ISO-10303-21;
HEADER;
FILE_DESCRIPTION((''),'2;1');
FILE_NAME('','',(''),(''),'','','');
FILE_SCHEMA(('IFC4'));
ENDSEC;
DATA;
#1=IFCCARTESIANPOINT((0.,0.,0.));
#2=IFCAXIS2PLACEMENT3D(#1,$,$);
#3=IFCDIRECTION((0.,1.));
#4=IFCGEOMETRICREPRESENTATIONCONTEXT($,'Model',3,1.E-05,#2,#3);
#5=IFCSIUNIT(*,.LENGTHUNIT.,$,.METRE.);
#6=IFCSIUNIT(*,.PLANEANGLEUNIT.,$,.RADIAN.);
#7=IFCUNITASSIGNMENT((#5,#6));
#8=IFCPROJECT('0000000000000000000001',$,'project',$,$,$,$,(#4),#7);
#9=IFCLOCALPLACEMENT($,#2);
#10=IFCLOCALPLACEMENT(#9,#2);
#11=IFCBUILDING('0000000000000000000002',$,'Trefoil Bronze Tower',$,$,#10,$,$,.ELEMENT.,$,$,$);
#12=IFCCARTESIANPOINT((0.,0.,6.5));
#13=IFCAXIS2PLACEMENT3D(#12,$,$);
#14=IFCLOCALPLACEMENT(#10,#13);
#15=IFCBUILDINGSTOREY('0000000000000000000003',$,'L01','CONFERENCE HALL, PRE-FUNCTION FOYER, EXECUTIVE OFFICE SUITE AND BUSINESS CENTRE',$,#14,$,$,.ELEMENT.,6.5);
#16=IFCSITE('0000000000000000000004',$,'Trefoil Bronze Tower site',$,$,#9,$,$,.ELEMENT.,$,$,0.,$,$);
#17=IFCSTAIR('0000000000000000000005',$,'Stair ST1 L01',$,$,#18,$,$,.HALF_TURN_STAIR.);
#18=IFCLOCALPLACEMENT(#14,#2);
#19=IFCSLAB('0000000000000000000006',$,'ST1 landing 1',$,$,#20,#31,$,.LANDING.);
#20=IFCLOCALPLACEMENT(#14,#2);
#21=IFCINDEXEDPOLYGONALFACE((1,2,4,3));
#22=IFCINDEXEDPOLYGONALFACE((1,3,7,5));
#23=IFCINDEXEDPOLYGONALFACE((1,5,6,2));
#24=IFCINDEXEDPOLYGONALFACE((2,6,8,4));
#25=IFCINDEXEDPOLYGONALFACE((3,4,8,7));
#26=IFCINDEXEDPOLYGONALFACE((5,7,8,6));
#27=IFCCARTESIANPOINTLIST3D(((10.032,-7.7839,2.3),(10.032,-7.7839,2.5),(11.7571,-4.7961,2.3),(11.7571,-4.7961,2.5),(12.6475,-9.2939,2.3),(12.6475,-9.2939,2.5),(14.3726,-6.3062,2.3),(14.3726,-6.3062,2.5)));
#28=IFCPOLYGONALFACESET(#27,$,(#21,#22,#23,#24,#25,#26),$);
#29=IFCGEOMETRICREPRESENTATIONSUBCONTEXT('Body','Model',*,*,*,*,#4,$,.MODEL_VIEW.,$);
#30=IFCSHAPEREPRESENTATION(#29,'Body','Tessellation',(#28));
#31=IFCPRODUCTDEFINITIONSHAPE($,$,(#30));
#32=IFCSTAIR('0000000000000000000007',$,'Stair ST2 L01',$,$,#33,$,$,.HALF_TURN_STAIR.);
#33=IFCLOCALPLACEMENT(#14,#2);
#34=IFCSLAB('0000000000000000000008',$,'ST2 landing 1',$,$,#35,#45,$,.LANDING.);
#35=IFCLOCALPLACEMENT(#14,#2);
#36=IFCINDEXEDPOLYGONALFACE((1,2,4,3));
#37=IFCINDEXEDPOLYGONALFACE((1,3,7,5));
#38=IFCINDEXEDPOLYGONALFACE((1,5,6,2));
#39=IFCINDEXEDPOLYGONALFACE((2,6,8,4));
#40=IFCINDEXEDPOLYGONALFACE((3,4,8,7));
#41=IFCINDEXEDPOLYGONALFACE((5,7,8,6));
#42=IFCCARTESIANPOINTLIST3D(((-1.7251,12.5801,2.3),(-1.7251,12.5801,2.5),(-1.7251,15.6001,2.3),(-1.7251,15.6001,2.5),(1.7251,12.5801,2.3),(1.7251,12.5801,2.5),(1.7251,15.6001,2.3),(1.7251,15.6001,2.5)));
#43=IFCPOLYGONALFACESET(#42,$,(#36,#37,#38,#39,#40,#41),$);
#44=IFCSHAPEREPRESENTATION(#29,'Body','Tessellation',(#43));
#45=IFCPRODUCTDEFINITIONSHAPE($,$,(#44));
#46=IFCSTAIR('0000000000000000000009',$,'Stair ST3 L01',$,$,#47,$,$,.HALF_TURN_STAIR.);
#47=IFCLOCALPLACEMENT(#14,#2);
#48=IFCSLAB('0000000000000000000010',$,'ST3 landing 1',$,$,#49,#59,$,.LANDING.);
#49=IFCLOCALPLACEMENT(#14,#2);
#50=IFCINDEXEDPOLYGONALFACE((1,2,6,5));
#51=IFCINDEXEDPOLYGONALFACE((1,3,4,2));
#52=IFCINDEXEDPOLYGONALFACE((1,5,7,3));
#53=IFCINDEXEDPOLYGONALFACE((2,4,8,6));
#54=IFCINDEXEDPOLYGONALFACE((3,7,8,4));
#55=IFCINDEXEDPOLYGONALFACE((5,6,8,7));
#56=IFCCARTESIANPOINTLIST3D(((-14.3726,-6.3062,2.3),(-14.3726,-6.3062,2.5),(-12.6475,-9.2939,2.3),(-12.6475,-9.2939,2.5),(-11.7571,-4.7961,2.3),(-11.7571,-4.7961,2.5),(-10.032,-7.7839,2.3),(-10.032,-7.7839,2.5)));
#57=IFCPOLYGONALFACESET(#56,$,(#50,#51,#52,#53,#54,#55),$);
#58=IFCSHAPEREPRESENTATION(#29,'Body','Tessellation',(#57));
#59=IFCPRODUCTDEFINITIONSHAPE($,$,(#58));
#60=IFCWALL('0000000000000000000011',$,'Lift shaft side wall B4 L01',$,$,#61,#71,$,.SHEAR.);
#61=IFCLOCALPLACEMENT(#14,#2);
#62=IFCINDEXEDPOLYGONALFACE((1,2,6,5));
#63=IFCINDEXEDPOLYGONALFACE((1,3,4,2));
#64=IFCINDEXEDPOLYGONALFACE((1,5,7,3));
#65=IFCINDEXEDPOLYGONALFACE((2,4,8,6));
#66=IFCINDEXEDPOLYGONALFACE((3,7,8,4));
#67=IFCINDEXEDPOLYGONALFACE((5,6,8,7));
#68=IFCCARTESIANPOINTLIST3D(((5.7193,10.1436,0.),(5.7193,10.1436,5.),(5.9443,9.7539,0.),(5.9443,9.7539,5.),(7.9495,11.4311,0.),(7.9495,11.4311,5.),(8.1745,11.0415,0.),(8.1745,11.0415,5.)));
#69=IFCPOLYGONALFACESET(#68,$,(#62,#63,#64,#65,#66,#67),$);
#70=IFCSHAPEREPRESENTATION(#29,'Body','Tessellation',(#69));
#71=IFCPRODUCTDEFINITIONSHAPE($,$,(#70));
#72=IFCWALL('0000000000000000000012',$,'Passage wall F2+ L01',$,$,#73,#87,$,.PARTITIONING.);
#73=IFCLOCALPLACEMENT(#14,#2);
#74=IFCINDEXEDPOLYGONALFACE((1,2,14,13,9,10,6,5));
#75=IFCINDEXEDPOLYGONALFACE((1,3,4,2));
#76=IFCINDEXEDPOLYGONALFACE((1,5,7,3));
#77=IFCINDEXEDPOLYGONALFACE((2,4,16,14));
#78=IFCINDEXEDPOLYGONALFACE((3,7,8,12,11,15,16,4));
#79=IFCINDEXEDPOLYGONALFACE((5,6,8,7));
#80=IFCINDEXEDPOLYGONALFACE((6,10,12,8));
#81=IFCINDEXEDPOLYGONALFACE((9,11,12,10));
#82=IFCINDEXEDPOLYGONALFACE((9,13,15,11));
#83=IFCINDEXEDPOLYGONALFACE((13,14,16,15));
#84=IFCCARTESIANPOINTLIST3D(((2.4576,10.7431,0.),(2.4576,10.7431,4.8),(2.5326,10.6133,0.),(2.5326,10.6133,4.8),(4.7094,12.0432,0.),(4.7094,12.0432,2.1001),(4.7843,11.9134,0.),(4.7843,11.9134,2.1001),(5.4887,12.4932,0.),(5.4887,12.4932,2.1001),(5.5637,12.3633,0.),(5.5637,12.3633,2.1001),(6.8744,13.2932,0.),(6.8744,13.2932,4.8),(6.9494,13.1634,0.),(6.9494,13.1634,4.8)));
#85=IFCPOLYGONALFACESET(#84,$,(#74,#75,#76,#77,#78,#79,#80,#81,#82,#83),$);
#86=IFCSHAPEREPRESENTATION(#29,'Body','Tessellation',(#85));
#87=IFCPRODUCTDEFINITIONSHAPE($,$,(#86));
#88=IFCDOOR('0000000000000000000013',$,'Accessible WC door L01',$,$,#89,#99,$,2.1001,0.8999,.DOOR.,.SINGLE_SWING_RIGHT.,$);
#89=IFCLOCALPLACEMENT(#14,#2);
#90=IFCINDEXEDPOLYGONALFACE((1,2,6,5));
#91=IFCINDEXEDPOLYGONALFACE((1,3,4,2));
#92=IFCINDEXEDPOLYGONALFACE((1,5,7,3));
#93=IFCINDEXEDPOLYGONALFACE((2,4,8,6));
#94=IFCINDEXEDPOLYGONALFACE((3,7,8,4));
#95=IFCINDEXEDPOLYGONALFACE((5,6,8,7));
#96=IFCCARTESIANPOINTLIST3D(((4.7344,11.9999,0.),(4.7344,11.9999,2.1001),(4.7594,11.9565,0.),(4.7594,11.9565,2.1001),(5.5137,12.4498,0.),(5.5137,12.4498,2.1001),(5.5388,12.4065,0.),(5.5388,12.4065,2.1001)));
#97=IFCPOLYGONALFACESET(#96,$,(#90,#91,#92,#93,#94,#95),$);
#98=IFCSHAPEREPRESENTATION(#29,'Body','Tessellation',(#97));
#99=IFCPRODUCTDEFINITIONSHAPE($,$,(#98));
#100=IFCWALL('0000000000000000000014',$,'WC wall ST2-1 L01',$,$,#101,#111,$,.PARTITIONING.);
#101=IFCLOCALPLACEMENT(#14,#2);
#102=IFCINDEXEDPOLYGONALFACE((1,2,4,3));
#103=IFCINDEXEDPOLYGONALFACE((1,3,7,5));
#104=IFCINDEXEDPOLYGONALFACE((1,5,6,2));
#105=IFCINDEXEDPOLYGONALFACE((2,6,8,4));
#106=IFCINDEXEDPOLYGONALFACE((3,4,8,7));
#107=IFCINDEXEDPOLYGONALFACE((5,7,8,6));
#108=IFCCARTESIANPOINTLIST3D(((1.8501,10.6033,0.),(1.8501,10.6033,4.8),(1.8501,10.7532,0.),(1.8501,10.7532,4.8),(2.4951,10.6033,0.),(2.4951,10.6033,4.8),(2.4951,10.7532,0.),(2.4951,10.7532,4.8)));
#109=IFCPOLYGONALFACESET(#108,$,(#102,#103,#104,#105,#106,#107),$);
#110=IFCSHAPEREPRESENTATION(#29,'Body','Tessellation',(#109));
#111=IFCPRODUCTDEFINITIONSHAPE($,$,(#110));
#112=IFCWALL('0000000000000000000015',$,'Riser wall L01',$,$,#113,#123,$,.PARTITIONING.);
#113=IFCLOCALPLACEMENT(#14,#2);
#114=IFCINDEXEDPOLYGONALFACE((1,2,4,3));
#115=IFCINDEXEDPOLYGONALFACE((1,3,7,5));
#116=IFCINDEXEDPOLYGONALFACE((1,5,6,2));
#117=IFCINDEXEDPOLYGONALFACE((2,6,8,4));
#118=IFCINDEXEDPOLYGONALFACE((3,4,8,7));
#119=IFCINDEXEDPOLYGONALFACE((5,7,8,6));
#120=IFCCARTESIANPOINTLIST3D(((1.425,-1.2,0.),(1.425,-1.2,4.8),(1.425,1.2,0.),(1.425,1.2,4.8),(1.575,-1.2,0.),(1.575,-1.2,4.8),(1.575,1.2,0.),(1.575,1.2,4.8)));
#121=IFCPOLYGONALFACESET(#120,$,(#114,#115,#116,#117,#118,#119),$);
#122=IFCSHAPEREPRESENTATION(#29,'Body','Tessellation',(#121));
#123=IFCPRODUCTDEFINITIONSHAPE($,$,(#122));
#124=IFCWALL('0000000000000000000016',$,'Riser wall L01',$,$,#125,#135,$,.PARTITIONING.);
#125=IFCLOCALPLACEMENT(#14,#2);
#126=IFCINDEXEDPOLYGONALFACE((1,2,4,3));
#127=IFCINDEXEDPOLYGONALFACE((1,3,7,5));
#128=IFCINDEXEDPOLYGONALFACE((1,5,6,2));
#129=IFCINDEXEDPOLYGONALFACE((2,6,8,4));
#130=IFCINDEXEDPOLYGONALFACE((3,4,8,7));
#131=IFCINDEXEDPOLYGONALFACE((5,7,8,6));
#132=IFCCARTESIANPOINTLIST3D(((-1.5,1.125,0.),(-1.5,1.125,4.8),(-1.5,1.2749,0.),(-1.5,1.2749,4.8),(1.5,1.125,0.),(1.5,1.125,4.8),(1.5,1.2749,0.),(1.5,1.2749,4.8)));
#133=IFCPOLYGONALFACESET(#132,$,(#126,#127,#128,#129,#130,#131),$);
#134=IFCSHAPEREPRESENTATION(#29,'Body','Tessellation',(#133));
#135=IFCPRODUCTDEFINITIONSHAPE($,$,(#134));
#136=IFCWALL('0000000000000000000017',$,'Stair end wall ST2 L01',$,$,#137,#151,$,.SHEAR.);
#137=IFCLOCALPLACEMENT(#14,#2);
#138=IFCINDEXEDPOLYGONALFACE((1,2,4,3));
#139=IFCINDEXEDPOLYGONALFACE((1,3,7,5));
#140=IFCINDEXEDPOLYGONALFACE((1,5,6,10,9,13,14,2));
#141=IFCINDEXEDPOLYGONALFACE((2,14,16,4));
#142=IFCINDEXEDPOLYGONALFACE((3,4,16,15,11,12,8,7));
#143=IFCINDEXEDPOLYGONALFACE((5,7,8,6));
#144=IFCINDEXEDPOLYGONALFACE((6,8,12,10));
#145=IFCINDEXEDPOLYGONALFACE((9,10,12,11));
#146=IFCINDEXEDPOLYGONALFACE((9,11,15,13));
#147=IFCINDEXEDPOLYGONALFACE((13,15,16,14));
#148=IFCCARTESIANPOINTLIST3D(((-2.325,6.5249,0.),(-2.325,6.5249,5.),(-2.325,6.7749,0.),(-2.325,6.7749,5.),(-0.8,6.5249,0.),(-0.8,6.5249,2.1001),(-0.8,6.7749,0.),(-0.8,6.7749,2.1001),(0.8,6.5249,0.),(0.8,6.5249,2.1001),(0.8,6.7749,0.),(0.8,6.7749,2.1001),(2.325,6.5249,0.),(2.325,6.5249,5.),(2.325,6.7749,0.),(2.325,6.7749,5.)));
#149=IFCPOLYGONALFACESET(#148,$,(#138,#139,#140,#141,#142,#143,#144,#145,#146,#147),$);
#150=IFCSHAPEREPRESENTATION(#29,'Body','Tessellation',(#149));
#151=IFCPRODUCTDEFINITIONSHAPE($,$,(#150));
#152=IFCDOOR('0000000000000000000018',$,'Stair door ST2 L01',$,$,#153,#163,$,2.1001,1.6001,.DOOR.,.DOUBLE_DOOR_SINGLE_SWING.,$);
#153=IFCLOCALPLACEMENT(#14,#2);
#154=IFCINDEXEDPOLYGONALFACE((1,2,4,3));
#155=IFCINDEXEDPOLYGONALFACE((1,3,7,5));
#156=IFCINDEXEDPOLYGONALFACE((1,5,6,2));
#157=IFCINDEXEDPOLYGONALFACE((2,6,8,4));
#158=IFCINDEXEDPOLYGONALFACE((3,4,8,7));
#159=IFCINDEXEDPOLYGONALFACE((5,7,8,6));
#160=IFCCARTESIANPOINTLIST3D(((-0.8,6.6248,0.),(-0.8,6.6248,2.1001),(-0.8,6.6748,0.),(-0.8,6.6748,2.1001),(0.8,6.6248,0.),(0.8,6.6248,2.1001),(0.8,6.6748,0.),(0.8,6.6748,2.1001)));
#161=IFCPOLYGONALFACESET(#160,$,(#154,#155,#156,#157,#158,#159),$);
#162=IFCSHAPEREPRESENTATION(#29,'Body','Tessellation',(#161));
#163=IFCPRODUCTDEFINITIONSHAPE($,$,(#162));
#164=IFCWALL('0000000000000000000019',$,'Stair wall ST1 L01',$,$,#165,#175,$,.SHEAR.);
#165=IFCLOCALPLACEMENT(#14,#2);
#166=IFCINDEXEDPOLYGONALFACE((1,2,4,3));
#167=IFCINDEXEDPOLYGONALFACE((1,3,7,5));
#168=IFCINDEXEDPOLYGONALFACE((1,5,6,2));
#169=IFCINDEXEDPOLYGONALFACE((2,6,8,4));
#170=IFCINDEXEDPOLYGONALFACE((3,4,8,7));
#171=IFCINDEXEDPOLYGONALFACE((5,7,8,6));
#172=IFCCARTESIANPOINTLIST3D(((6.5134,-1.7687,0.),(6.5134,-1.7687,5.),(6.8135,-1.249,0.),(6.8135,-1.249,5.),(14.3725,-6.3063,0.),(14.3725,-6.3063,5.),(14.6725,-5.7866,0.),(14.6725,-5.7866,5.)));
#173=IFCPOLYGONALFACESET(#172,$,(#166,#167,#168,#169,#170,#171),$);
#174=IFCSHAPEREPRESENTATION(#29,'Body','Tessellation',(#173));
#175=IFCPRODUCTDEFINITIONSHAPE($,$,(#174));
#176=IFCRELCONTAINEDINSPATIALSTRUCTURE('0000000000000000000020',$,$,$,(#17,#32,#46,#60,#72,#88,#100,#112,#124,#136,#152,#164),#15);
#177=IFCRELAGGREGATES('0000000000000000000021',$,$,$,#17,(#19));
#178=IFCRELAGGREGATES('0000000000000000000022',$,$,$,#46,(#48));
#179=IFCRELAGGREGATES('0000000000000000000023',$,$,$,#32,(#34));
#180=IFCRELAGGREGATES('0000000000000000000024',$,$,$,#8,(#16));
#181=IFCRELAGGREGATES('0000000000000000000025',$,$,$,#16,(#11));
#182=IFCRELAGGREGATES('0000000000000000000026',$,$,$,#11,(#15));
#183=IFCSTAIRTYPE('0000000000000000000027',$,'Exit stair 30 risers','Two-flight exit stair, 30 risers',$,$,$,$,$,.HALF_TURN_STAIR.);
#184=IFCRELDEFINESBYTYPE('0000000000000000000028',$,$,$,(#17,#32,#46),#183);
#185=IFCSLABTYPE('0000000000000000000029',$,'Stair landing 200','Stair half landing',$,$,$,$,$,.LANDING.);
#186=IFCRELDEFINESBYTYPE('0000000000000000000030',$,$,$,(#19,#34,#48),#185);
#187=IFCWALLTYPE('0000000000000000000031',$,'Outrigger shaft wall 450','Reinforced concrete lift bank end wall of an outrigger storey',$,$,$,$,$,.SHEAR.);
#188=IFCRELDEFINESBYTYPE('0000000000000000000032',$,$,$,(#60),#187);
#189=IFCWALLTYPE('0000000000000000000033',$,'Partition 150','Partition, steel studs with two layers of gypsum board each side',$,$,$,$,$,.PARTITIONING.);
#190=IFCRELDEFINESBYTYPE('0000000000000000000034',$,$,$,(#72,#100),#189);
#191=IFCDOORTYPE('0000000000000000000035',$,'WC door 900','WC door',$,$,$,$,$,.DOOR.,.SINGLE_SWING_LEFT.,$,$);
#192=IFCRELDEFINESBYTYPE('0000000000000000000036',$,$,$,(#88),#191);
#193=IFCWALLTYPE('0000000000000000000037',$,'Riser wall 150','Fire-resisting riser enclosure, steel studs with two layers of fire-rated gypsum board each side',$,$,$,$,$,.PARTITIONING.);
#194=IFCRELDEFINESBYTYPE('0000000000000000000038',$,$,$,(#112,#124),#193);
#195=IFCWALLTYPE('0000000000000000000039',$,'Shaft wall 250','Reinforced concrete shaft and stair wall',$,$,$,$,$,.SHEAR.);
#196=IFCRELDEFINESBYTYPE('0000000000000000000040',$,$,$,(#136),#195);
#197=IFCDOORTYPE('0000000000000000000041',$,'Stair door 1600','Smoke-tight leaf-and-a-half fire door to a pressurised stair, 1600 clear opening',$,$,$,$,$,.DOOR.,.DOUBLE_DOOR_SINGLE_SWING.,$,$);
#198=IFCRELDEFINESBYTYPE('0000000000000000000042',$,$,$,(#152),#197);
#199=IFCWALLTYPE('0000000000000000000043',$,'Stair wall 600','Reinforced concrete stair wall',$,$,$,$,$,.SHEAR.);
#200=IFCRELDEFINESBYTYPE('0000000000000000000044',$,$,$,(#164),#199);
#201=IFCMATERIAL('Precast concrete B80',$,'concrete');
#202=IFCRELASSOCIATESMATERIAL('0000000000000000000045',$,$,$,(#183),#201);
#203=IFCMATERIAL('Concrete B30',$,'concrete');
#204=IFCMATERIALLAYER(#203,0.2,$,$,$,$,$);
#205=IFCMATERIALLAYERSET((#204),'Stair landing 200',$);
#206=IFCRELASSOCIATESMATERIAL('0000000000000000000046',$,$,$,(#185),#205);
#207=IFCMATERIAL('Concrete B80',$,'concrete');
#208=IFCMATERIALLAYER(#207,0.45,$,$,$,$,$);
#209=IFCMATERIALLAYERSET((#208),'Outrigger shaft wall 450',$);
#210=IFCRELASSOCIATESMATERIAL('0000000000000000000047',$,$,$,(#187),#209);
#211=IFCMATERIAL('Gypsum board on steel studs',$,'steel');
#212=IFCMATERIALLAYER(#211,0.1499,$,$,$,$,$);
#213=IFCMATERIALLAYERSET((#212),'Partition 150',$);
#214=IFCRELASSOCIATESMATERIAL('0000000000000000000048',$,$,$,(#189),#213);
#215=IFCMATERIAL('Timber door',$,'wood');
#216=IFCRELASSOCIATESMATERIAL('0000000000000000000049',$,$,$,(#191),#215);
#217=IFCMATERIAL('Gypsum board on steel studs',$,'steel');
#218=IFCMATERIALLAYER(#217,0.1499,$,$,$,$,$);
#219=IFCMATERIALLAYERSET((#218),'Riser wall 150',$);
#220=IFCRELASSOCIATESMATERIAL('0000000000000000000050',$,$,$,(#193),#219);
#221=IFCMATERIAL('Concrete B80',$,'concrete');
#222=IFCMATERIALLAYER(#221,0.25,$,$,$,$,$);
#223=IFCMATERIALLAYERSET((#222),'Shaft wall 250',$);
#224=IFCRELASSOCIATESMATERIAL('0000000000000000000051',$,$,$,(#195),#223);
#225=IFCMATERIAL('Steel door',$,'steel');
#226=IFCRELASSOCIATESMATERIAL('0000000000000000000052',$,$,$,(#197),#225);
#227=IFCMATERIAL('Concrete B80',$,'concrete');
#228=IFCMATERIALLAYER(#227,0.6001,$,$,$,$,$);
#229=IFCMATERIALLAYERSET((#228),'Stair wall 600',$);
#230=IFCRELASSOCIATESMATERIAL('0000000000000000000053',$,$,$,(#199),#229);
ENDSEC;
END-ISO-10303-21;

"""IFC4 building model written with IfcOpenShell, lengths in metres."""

from ifc_helpers import new_model, si_unit, direction, frame, frame_2d, origin, place, context, subcontext, project, spatial, polyline, rectangle, outline, extrude, material, layer, layer_set, type_object, element, fill, aggregate, save


model = new_model("IFC4")

# Units and contexts
model_context = context("Model", 3, precision=1e-05, world=origin(), true_north=direction((0.0, 1.0)))
body_context = subcontext(model_context, "Body", "Model", "MODEL_VIEW")
ifc_project = project(units=[si_unit("LENGTHUNIT", "METRE"), si_unit("PLANEANGLEUNIT", "RADIAN")], contexts=[model_context])

# Site, building, storey
site_placement = place(None, origin())
site = spatial("IfcSite", under=ifc_project, at=site_placement, Name="Trefoil Bronze Tower site", CompositionType="ELEMENT", RefElevation=0.0)
building_placement = place(site_placement, origin())
building = spatial("IfcBuilding", under=site, at=building_placement, Name="Trefoil Bronze Tower", CompositionType="ELEMENT")
storey_placement = place(building_placement, frame((0.0, 0.0, 6.5)))
storey = spatial("IfcBuildingStorey", under=building, at=storey_placement, Name="L01", Description="CONFERENCE HALL, PRE-FUNCTION FOYER, EXECUTIVE OFFICE SUITE AND BUSINESS CENTRE", CompositionType="ELEMENT", Elevation=6.5)

# Stairs, slabs
ifc_material_1 = material(Name="Precast concrete B80", Category="concrete")
stair_type = type_object("IfcStairType", Name="Exit stair 30 risers", Description="Two-flight exit stair, 30 risers", PredefinedType="HALF_TURN_STAIR", material=ifc_material_1)
stair_1_placement = place(storey_placement, origin())
stair_1 = element("IfcStair", 1, at=stair_1_placement, inside=storey, type_object=stair_type, Name="Stair ST1 L01", PredefinedType="HALF_TURN_STAIR")
ifc_material_2 = material(Name="Concrete B30", Category="concrete")
ifc_layer_1 = layer(ifc_material_2, 0.2)
ifc_layer_set_1 = layer_set([ifc_layer_1], Name="Stair landing 200")
slab_type = type_object("IfcSlabType", Name="Stair landing 200", Description="Stair half landing", PredefinedType="LANDING", material=ifc_layer_set_1)
slab_1_placement = place(storey_placement, frame((0.0, 0.0, 2.3)))
slab_1 = element("IfcSlab", 2, at=slab_1_placement, type_object=slab_type, Name="ST1 landing 1", PredefinedType="LANDING", context=body_context, shape_type="SweptSolid", body=[
    extrude(outline(polyline([(10.032, -7.7839), (12.6475, -9.2939), (14.3726, -6.3062), (11.7571, -4.7961), (10.032, -7.7839)])), origin(), (0.0, 0.0, 1.0), 0.2),
])
aggregate(stair_1, [slab_1])
stair_2_placement = place(storey_placement, origin())
stair_2 = element("IfcStair", 3, at=stair_2_placement, inside=storey, type_object=stair_type, Name="Stair ST2 L01", PredefinedType="HALF_TURN_STAIR")
slab_2_placement = place(storey_placement, frame((0.0, 0.0, 2.3)))
slab_2 = element("IfcSlab", 4, at=slab_2_placement, type_object=slab_type, Name="ST2 landing 1", PredefinedType="LANDING", context=body_context, shape_type="SweptSolid", body=[
    extrude(outline(polyline([(1.7251, 12.5801), (1.7251, 15.6001), (-1.7251, 15.6001), (-1.7251, 12.5801), (1.7251, 12.5801)])), origin(), (0.0, 0.0, 1.0), 0.2),
])
stair_3_placement = place(storey_placement, origin())
stair_3 = element("IfcStair", 5, at=stair_3_placement, inside=storey, type_object=stair_type, Name="Stair ST3 L01", PredefinedType="HALF_TURN_STAIR")
slab_3_placement = place(storey_placement, frame((0.0, 0.0, 2.3)))
slab_3 = element("IfcSlab", 6, at=slab_3_placement, type_object=slab_type, Name="ST3 landing 1", PredefinedType="LANDING", context=body_context, shape_type="SweptSolid", body=[
    extrude(outline(polyline([(-11.7571, -4.7961), (-14.3726, -6.3062), (-12.6475, -9.2939), (-10.032, -7.7839), (-11.7571, -4.7961)])), origin(), (0.0, 0.0, 1.0), 0.2),
])
aggregate(stair_3, [slab_3])

# Wall
ifc_material_3 = material(Name="Concrete B80", Category="concrete")
ifc_layer_2 = layer(ifc_material_3, 0.45)
ifc_layer_set_2 = layer_set([ifc_layer_2], Name="Outrigger shaft wall 450")
wall_type_1 = type_object("IfcWallType", Name="Outrigger shaft wall 450", Description="Reinforced concrete lift bank end wall of an outrigger storey", PredefinedType="SHEAR", material=ifc_layer_set_2)
wall_1_placement = place(storey_placement, frame((5.8318, 9.9487, 0.0), z_axis=(0.0, 0.0, 1.0), x_axis=(0.866029, 0.499993, 0.0)))
element("IfcWall", 7, at=wall_1_placement, inside=storey, type_object=wall_type_1, Name="Lift shaft side wall B4 L01", PredefinedType="SHEAR", context=body_context, shape_type="SweptSolid", body=[
    extrude(rectangle(XDim=2.5752, YDim=0.45, at=frame_2d((1.2876, 0.0))), origin(), (0.0, 0.0, 1.0), 5.0),
])

# Wall, opening, door
ifc_material_4 = material(Name="Gypsum board on steel studs", Category="steel")
ifc_layer_3 = layer(ifc_material_4, 0.1499)
ifc_layer_set_3 = layer_set([ifc_layer_3], Name="Partition 150")
wall_type_2 = type_object("IfcWallType", Name="Partition 150", Description="Partition, steel studs with two layers of gypsum board each side", PredefinedType="PARTITIONING", material=ifc_layer_set_3)
wall_2_placement = place(storey_placement, frame((2.4951, 10.6782, 0.0), z_axis=(0.0, 0.0, 1.0), x_axis=(0.866022, 0.500006, 0.0)))
wall_2 = element("IfcWall", 8, at=wall_2_placement, inside=storey, type_object=wall_type_2, Name="Passage wall F2+ L01", PredefinedType="PARTITIONING", context=body_context, shape_type="SweptSolid", body=[
    extrude(rectangle(XDim=5.1001, YDim=0.1499, at=frame_2d((2.55, 0.0))), origin(), (0.0, 0.0, 1.0), 4.8),
])
opening_1_placement = place(wall_2_placement, frame((2.6001, 0.0, 0.0)))
opening_1 = element("IfcOpeningElement", 9, at=opening_1_placement, cuts=wall_2, PredefinedType="OPENING", context=body_context, shape_type="SweptSolid", body=[
    extrude(rectangle(XDim=0.8999, YDim=2.1001, at=frame_2d((0.45, 1.05))), frame((0.0, 0.085, 0.0), z_axis=(0.0, -1.0, 0.0), x_axis=(1.0, 0.0, 0.0)), (0.0, 0.0, 1.0), 0.1699),
])
ifc_material_5 = material(Name="Timber door", Category="wood")
door_type_1 = type_object("IfcDoorType", Name="WC door 900", Description="WC door", OperationType="SINGLE_SWING_LEFT", PredefinedType="DOOR", material=ifc_material_5)
door_1_placement = place(opening_1_placement, origin())
door_1 = element("IfcDoor", 10, at=door_1_placement, inside=storey, type_object=door_type_1, Name="Accessible WC door L01", OperationType="SINGLE_SWING_RIGHT", OverallHeight=2.1001, OverallWidth=0.8999, PredefinedType="DOOR", context=body_context, shape_type="SweptSolid", body=[
    extrude(rectangle(XDim=0.8999, YDim=2.1001, at=frame_2d((0.45, 1.05))), frame((0.0, 0.0249, 0.0), z_axis=(0.0, -1.0, 0.0), x_axis=(1.0, 0.0, 0.0)), (0.0, 0.0, 1.0), 0.05),
])
fill(opening_1, door_1)

# Walls
wall_3_placement = place(storey_placement, frame((2.4951, 10.6782, 0.0), z_axis=(0.0, 0.0, 1.0), x_axis=(-1.0, 0.0, 0.0)))
element("IfcWall", 11, at=wall_3_placement, inside=storey, type_object=wall_type_2, Name="WC wall ST2-1 L01", PredefinedType="PARTITIONING", context=body_context, shape_type="SweptSolid", body=[
    extrude(rectangle(XDim=0.645, YDim=0.1499, at=frame_2d((0.3225, 0.0))), origin(), (0.0, 0.0, 1.0), 4.8),
])
ifc_material_6 = material(Name="Gypsum board on steel studs", Category="steel")
ifc_layer_4 = layer(ifc_material_6, 0.1499)
ifc_layer_set_4 = layer_set([ifc_layer_4], Name="Riser wall 150")
wall_type_3 = type_object("IfcWallType", Name="Riser wall 150", Description="Fire-resisting riser enclosure, steel studs with two layers of fire-rated gypsum board each side", PredefinedType="PARTITIONING", material=ifc_layer_set_4)
wall_4_placement = place(storey_placement, frame((1.5, -1.2, 0.0), z_axis=(0.0, 0.0, 1.0), x_axis=(0.0, 1.0, 0.0)))
element("IfcWall", 12, at=wall_4_placement, inside=storey, type_object=wall_type_3, Name="Riser wall L01", PredefinedType="PARTITIONING", context=body_context, shape_type="SweptSolid", body=[
    extrude(rectangle(XDim=2.3999, YDim=0.1499, at=frame_2d((1.2, 0.0))), origin(), (0.0, 0.0, 1.0), 4.8),
])
wall_5_placement = place(storey_placement, frame((1.5, 1.2, 0.0), z_axis=(0.0, 0.0, 1.0), x_axis=(-1.0, 0.0, 0.0)))
element("IfcWall", 13, at=wall_5_placement, inside=storey, type_object=wall_type_3, Name="Riser wall L01", PredefinedType="PARTITIONING", context=body_context, shape_type="SweptSolid", body=[
    extrude(rectangle(XDim=3.0, YDim=0.1499, at=frame_2d((1.5, 0.0))), origin(), (0.0, 0.0, 1.0), 4.8),
])

# Wall, opening, door
ifc_material_7 = material(Name="Concrete B80", Category="concrete")
ifc_layer_5 = layer(ifc_material_7, 0.25)
ifc_layer_set_5 = layer_set([ifc_layer_5], Name="Shaft wall 250")
wall_type_4 = type_object("IfcWallType", Name="Shaft wall 250", Description="Reinforced concrete shaft and stair wall", PredefinedType="SHEAR", material=ifc_layer_set_5)
wall_6_placement = place(storey_placement, frame((2.325, 6.6499, 0.0), z_axis=(0.0, 0.0, 1.0), x_axis=(-1.0, 0.0, 0.0)))
wall_6 = element("IfcWall", 14, at=wall_6_placement, inside=storey, type_object=wall_type_4, Name="Stair end wall ST2 L01", PredefinedType="SHEAR", context=body_context, shape_type="SweptSolid", body=[
    extrude(rectangle(XDim=4.6499, YDim=0.25, at=frame_2d((2.325, 0.0))), origin(), (0.0, 0.0, 1.0), 5.0),
])
opening_2_placement = place(wall_6_placement, frame((1.5249, 0.0, 0.0)))
opening_2 = element("IfcOpeningElement", 15, at=opening_2_placement, cuts=wall_6, PredefinedType="OPENING", context=body_context, shape_type="SweptSolid", body=[
    extrude(rectangle(XDim=1.6001, YDim=2.1001, at=frame_2d((0.8, 1.05))), frame((0.0, 0.135, 0.0), z_axis=(0.0, -1.0, 0.0), x_axis=(1.0, 0.0, 0.0)), (0.0, 0.0, 1.0), 0.27),
])
ifc_material_8 = material(Name="Steel door", Category="steel")
door_type_2 = type_object("IfcDoorType", Name="Stair door 1600", Description="Smoke-tight leaf-and-a-half fire door to a pressurised stair, 1600 clear opening", OperationType="DOUBLE_DOOR_SINGLE_SWING", PredefinedType="DOOR", material=ifc_material_8)
door_2_placement = place(opening_2_placement, frame((1.6001, 0.0, 0.0), z_axis=(0.0, 0.0, 1.0), x_axis=(-1.0, 0.0, 0.0)))
door_2 = element("IfcDoor", 16, at=door_2_placement, inside=storey, type_object=door_type_2, Name="Stair door ST2 L01", OperationType="DOUBLE_DOOR_SINGLE_SWING", OverallHeight=2.1001, OverallWidth=1.6001, PredefinedType="DOOR", context=body_context, shape_type="SweptSolid", body=[
    extrude(rectangle(XDim=1.6001, YDim=2.1001, at=frame_2d((0.8, 1.05))), frame((0.0, 0.0249, 0.0), z_axis=(0.0, -1.0, 0.0), x_axis=(1.0, 0.0, 0.0)), (0.0, 0.0, 1.0), 0.05),
])
fill(opening_2, door_2)

# Wall
ifc_material_9 = material(Name="Concrete B80", Category="concrete")
ifc_layer_6 = layer(ifc_material_9, 0.6001)
ifc_layer_set_6 = layer_set([ifc_layer_6], Name="Stair wall 600")
wall_type_5 = type_object("IfcWallType", Name="Stair wall 600", Description="Reinforced concrete stair wall", PredefinedType="SHEAR", material=ifc_layer_set_6)
wall_7_placement = place(storey_placement, frame((6.6633, -1.5088, 0.0), z_axis=(0.0, 0.0, 1.0), x_axis=(0.866019, -0.50001, 0.0)))
element("IfcWall", 17, at=wall_7_placement, inside=storey, type_object=wall_type_5, Name="Stair wall ST1 L01", PredefinedType="SHEAR", context=body_context, shape_type="SweptSolid", body=[
    extrude(rectangle(XDim=9.075, YDim=0.6001, at=frame_2d((4.5376, 0.0))), origin(), (0.0, 0.0, 1.0), 5.0),
])

aggregate(stair_2, [slab_2])

save(model, "model.ifc")
